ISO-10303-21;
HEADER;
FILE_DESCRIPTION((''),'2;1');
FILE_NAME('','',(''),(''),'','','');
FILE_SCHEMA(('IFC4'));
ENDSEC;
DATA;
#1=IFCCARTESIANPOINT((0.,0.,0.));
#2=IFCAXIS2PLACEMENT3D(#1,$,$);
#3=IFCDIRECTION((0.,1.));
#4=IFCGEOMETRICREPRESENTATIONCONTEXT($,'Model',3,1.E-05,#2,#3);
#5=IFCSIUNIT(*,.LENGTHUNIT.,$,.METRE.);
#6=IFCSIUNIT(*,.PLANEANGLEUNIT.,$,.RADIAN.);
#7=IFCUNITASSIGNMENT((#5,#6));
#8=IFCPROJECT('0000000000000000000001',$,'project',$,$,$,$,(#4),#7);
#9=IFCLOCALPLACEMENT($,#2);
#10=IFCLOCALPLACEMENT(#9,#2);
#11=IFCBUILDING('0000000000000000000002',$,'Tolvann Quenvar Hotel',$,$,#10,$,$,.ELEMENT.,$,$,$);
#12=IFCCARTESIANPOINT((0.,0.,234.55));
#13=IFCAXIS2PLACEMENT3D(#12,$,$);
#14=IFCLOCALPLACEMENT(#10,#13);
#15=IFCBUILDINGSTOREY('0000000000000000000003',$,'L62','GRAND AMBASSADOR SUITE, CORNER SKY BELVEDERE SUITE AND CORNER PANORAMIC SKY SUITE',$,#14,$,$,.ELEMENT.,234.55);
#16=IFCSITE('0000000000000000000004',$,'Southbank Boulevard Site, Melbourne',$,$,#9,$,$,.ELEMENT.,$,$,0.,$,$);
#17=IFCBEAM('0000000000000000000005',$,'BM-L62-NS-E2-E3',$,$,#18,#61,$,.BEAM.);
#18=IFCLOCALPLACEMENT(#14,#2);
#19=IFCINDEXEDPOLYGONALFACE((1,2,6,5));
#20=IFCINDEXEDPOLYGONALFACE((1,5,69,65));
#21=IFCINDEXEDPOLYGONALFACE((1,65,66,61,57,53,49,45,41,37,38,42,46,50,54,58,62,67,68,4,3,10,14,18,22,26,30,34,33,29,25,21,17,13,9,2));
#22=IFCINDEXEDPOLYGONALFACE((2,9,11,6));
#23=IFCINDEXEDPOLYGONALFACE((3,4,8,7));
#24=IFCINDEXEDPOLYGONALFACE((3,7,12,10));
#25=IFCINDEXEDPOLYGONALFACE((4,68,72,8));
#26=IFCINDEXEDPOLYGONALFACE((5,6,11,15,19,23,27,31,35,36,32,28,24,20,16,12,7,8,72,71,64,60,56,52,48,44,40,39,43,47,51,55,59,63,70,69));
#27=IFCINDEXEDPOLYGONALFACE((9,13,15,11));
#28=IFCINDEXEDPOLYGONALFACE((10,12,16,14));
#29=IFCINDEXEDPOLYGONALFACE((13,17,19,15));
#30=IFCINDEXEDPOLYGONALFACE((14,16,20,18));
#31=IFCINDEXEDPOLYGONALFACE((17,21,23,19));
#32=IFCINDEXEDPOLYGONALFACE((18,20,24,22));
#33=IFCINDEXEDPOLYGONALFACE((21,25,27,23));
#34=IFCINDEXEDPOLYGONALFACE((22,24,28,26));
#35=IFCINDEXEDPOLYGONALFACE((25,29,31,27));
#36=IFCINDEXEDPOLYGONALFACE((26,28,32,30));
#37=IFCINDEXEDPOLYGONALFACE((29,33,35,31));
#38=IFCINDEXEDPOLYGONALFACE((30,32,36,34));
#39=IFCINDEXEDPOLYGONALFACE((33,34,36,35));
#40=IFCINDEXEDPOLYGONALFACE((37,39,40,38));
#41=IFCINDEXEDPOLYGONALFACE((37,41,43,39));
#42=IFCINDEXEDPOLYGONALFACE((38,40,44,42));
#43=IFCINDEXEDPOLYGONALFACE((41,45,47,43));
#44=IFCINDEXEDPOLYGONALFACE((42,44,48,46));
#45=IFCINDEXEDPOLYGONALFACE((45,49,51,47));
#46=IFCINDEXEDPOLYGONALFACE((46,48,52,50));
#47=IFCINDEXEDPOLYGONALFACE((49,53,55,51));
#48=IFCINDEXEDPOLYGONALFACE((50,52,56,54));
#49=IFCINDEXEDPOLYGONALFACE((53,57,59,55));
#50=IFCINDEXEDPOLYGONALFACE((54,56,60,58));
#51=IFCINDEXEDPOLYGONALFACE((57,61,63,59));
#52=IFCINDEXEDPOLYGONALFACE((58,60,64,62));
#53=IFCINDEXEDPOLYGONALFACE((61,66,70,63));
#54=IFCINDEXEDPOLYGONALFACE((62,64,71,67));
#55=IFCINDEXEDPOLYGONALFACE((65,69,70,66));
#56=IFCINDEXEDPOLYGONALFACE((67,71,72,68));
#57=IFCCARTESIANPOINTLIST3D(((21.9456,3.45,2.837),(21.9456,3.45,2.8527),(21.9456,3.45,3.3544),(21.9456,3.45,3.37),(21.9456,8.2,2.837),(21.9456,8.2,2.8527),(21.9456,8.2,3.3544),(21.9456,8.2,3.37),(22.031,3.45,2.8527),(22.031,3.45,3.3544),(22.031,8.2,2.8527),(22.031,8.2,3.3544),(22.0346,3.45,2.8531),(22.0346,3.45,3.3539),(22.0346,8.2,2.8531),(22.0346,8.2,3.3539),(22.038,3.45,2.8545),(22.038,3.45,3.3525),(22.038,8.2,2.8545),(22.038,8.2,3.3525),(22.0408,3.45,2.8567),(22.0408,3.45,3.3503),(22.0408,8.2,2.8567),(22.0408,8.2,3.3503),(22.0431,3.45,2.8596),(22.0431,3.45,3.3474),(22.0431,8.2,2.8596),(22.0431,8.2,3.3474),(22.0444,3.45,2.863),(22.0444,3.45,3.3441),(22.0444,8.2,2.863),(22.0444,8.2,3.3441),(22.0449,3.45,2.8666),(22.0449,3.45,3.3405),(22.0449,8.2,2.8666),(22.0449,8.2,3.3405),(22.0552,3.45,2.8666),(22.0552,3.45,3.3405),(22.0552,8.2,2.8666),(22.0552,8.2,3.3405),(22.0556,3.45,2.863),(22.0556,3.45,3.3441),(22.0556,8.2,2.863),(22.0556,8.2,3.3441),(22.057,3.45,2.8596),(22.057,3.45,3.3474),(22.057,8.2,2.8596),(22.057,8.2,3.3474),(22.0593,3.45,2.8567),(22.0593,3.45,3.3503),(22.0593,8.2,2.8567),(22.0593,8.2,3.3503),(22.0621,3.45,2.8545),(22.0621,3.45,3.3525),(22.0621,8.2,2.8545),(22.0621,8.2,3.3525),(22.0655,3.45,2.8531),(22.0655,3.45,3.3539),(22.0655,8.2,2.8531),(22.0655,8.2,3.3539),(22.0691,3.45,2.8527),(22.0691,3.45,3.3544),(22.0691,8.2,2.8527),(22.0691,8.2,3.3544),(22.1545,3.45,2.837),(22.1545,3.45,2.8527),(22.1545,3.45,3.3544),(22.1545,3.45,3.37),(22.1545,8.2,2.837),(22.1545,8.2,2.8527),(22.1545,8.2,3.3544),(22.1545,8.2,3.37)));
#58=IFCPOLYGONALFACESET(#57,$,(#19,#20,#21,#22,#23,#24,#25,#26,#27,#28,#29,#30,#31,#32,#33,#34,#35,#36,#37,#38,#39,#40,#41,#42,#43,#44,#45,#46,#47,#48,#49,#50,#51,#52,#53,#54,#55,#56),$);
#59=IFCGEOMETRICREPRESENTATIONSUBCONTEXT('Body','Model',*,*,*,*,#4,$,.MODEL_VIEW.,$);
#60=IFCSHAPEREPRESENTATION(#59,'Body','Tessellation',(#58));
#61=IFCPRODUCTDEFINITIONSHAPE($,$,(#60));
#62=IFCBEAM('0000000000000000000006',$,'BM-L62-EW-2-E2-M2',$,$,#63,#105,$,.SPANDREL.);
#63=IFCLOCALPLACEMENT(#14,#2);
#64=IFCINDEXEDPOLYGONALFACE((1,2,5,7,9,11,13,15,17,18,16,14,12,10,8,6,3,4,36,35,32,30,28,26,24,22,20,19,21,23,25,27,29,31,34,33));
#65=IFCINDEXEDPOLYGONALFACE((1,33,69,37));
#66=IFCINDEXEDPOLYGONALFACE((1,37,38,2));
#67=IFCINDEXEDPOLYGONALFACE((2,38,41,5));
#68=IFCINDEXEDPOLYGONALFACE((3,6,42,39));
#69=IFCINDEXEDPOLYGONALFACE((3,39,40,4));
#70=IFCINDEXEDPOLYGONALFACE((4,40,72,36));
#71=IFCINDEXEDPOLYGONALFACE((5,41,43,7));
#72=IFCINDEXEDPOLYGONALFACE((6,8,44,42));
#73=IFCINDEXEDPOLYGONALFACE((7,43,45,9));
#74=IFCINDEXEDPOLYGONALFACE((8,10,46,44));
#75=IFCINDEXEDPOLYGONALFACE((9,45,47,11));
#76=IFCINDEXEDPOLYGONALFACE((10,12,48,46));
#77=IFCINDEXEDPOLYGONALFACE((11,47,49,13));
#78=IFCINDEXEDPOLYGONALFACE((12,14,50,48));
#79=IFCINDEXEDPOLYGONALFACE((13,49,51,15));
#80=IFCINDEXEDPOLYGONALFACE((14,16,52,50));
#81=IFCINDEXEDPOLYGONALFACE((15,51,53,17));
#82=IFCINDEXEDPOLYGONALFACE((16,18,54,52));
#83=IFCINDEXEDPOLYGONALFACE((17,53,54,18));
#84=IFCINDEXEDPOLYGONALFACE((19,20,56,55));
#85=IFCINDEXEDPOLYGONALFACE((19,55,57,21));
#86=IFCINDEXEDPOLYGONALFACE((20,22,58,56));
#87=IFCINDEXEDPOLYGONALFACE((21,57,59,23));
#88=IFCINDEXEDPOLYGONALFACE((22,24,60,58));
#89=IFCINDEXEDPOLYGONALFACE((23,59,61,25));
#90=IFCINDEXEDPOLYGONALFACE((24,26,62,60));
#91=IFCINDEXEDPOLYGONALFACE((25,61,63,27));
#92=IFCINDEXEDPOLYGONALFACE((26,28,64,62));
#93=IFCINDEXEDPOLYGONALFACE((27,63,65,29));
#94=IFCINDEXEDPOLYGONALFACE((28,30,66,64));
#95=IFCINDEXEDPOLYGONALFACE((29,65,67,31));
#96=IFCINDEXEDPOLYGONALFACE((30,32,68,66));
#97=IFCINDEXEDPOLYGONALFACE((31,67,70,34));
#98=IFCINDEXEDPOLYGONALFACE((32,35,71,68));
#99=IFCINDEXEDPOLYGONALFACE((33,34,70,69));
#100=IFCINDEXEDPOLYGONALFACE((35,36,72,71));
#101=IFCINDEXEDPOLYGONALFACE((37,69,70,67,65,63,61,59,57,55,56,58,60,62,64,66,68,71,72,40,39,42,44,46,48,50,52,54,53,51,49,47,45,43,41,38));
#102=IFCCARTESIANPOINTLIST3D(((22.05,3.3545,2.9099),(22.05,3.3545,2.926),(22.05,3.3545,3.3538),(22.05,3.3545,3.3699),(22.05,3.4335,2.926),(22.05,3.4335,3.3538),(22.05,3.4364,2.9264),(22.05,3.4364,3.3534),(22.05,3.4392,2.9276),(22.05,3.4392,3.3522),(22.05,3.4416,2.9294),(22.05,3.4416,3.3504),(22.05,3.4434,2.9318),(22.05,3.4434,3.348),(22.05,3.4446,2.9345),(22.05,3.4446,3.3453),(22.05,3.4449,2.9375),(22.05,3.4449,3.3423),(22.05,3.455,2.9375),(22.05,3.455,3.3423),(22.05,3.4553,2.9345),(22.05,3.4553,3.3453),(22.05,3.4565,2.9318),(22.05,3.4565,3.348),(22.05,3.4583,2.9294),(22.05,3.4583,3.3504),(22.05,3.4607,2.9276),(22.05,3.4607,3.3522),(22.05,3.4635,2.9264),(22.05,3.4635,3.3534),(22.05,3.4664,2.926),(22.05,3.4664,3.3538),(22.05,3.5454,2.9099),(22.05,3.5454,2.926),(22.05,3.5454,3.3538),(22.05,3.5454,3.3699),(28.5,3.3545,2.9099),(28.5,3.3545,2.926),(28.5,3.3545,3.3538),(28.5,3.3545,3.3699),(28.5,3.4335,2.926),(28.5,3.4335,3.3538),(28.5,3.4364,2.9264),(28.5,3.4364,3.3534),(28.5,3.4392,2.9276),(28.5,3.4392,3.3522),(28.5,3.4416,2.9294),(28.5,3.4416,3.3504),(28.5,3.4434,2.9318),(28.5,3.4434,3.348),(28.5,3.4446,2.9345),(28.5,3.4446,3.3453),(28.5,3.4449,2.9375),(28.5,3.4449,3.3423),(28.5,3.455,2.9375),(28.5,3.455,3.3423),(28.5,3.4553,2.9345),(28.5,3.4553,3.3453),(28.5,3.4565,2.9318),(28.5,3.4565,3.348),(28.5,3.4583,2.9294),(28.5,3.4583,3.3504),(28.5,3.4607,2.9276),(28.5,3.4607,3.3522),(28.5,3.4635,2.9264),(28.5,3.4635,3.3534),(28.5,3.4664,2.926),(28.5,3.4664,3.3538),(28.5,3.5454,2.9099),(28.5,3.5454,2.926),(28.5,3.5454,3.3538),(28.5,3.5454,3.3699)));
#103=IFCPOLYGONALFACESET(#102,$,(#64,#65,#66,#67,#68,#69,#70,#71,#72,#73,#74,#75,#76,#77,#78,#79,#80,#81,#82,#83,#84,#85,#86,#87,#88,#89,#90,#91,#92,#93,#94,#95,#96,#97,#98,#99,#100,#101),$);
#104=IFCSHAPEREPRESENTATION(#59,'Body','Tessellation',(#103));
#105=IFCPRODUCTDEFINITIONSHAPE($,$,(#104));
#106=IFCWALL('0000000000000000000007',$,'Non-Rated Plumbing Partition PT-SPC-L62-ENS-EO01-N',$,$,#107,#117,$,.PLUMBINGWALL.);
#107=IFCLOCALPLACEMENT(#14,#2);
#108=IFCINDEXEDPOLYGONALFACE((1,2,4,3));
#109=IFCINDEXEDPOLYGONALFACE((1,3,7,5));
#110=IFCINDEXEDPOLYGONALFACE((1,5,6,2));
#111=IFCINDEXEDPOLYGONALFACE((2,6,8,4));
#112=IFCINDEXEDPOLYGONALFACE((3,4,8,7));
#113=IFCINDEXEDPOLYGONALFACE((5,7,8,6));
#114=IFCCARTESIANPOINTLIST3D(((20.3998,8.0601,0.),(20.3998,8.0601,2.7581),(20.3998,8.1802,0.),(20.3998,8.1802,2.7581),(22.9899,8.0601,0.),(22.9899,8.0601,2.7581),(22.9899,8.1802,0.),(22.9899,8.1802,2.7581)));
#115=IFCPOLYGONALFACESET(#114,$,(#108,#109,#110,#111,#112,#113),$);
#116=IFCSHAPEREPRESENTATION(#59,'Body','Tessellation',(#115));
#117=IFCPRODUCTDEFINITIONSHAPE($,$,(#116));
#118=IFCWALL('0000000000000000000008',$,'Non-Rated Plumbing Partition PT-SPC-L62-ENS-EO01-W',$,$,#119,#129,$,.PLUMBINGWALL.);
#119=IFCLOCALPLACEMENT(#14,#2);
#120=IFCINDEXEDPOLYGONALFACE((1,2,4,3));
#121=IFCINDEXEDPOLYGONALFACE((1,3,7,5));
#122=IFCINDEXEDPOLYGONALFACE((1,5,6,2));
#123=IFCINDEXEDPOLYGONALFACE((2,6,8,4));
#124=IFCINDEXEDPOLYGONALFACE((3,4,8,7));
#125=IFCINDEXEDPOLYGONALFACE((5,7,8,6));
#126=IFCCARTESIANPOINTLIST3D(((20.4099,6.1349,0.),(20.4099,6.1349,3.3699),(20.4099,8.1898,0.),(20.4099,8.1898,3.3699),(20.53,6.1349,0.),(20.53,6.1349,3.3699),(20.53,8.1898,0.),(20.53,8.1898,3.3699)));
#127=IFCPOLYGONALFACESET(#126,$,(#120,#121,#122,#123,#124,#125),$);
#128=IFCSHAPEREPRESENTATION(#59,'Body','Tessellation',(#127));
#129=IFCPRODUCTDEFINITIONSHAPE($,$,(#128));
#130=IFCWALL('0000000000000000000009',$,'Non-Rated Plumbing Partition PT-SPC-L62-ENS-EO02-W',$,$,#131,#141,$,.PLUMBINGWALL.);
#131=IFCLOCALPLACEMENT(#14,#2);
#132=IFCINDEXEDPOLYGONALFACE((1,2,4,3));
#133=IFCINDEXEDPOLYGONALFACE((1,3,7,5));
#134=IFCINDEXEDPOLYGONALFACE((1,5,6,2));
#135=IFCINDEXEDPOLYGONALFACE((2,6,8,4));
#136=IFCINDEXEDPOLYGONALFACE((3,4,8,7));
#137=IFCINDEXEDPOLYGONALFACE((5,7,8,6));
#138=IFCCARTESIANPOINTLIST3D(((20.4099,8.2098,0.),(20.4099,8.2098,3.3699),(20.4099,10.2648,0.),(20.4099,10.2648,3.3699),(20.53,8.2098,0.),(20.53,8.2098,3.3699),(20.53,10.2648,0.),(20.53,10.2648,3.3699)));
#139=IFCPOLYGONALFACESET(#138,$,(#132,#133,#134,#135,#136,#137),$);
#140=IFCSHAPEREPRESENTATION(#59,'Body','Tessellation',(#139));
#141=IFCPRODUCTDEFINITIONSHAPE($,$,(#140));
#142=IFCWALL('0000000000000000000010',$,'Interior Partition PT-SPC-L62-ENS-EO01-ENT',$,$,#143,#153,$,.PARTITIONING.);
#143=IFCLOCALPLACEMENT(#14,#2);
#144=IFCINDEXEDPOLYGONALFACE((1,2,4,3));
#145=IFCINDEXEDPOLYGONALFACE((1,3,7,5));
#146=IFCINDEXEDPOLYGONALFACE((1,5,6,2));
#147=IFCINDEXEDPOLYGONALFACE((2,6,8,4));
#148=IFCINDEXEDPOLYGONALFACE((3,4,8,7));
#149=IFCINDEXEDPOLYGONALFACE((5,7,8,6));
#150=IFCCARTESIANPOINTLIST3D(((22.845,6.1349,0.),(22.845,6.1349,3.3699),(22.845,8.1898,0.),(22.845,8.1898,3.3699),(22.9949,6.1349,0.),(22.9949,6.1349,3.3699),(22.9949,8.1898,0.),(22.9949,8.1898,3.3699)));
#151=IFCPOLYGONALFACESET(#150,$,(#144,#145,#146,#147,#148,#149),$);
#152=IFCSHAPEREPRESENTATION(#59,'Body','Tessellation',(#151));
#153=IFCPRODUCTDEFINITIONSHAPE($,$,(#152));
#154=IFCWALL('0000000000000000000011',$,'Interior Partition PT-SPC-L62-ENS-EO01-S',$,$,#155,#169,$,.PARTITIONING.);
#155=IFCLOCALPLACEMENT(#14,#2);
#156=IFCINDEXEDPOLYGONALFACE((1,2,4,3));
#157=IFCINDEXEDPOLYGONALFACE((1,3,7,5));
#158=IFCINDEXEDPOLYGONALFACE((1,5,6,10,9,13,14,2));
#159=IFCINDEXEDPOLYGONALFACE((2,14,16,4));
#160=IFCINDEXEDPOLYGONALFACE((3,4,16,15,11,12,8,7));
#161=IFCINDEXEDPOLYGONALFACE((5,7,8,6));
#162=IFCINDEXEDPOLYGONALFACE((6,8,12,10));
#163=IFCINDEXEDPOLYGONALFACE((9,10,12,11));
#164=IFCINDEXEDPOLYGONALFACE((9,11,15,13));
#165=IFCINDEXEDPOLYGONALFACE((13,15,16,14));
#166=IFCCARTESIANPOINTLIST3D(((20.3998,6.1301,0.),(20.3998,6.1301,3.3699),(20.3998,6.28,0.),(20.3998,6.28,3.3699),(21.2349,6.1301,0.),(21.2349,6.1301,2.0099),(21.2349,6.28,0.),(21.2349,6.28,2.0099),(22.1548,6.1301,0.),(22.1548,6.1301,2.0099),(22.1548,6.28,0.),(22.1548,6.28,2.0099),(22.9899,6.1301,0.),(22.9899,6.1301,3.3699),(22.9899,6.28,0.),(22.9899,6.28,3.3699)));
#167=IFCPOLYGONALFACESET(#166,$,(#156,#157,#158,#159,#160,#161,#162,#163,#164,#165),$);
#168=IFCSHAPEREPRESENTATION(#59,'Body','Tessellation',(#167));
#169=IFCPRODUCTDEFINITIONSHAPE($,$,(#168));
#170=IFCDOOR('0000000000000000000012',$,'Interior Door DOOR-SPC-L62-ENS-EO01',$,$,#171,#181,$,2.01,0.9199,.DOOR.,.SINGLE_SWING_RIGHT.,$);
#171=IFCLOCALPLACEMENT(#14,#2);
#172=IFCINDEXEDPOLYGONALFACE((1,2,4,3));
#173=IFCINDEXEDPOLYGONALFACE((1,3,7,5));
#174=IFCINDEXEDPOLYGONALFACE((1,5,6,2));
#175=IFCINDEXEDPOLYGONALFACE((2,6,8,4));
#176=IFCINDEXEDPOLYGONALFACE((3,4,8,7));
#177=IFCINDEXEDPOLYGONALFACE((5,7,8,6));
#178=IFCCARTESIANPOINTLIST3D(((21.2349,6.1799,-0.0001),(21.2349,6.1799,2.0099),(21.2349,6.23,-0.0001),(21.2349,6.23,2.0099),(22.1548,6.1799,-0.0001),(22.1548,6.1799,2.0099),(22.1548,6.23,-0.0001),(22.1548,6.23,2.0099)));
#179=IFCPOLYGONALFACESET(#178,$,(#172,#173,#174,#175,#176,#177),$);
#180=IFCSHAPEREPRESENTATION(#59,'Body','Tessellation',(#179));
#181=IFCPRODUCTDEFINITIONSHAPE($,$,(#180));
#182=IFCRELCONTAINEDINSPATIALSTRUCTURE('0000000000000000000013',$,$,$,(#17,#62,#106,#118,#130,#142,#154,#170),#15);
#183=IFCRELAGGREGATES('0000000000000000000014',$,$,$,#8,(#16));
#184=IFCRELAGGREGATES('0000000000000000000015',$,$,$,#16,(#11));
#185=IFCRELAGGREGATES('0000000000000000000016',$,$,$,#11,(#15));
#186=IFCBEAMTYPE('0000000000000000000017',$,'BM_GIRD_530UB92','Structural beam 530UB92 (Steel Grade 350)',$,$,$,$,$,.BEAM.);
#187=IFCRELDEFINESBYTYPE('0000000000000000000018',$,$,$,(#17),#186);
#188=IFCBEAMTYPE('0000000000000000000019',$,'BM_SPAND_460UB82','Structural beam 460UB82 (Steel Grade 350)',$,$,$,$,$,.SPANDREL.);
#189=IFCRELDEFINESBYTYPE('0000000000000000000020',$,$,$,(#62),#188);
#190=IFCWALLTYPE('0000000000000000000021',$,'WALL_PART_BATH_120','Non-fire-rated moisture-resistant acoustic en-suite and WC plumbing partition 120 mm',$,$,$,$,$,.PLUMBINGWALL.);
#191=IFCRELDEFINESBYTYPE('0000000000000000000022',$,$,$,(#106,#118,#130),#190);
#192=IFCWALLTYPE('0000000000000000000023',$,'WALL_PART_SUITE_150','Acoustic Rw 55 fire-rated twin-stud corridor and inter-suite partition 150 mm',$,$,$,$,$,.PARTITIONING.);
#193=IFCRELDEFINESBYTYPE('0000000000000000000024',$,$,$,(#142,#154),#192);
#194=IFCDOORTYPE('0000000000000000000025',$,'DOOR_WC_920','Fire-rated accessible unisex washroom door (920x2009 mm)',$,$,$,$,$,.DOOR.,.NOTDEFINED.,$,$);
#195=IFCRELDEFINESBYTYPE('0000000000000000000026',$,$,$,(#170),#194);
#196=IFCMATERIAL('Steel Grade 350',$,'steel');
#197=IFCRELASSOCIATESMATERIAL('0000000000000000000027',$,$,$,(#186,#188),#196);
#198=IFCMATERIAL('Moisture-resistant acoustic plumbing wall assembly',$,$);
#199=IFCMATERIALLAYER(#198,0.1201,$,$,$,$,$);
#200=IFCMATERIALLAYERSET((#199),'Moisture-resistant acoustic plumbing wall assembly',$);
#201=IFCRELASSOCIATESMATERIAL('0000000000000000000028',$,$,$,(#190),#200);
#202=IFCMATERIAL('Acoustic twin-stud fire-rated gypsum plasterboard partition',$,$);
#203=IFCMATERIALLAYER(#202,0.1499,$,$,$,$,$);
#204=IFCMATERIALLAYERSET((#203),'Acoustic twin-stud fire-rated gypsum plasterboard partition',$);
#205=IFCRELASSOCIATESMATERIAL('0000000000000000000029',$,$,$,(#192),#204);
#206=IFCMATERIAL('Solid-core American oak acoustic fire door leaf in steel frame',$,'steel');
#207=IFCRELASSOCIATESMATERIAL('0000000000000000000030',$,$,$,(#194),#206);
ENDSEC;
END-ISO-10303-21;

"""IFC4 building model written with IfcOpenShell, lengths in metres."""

from ifc_helpers import new_model, si_unit, direction, frame, frame_2d, origin, origin_2d, place, context, subcontext, project, spatial, rectangle, i_section, extrude, source, transform, mapped, material, layer, layer_set, material_profile, profile_set, type_object, type_shapes, element, fill, save


model = new_model("IFC4")

# Units and contexts
model_context = context("Model", 3, precision=1e-05, world=origin(), true_north=direction((0.0, 1.0)))
body_context = subcontext(model_context, "Body", "Model", "MODEL_VIEW")
ifc_project = project(units=[si_unit("LENGTHUNIT", "METRE"), si_unit("PLANEANGLEUNIT", "RADIAN")], contexts=[model_context])

# Site, building, storey
site_placement = place(None, origin())
site = spatial("IfcSite", under=ifc_project, at=site_placement, Name="Southbank Boulevard Site, Melbourne", CompositionType="ELEMENT", RefElevation=0.0)
building_placement = place(site_placement, origin())
building = spatial("IfcBuilding", under=site, at=building_placement, Name="Tolvann Quenvar Hotel", CompositionType="ELEMENT")
storey_placement = place(building_placement, frame((0.0, 0.0, 234.55)))
storey = spatial("IfcBuildingStorey", under=building, at=storey_placement, Name="L62", Description="GRAND AMBASSADOR SUITE, CORNER SKY BELVEDERE SUITE AND CORNER PANORAMIC SKY SUITE", CompositionType="ELEMENT", Elevation=234.55)

# Shared definitions
ifc_material_1 = material(Name="Steel Grade 350", Category="steel")

# Beams
ifc_material_profile_1 = material_profile(ifc_material_1, i_section(OverallWidth=0.209, OverallDepth=0.533, WebThickness=0.0103, FlangeThickness=0.0156, FilletRadius=0.0139, at=origin_2d()), Name="530UB92")
ifc_profile_set_1 = profile_set([ifc_material_profile_1], Name="Steel Grade 350")
beam_type_1 = type_object("IfcBeamType", Name="BM_GIRD_530UB92", Description="Structural beam 530UB92 (Steel Grade 350)", PredefinedType="BEAM", material=ifc_profile_set_1)
shared_shape_1 = source(origin(), body_context, "Body", "SweptSolid", [
    extrude(i_section(OverallWidth=0.209, OverallDepth=0.533, WebThickness=0.0103, FlangeThickness=0.0156, FilletRadius=0.0139, at=origin_2d()), origin(), (0.0, 0.0, 1.0), 4.75),
])
beam_1_placement = place(storey_placement, frame((22.05, 3.45, 3.1035), z_axis=(0.0, 1.0, 0.0), x_axis=(-1.0, 0.0, 0.0)))
element("IfcBeam", 1, at=beam_1_placement, inside=storey, type_object=beam_type_1, Name="BM-L62-NS-E2-E3", PredefinedType="BEAM", context=body_context, shape_type="MappedRepresentation", body=[
    mapped(shared_shape_1, transform((0.0, 0.0, 0.0), x_axis=(1.0, 0.0, 0.0), y_axis=(0.0, 1.0, 0.0), z_axis=(0.0, 0.0, 1.0), scale=1.0)),
])
ifc_material_profile_2 = material_profile(ifc_material_1, i_section(OverallWidth=0.1909, OverallDepth=0.46, WebThickness=0.01, FlangeThickness=0.0161, FilletRadius=0.0115, at=origin_2d()), Name="460UB82")
ifc_profile_set_2 = profile_set([ifc_material_profile_2], Name="Steel Grade 350")
beam_type_2 = type_object("IfcBeamType", Name="BM_SPAND_460UB82", Description="Structural beam 460UB82 (Steel Grade 350)", PredefinedType="SPANDREL", material=ifc_profile_set_2)
shared_shape_2 = source(origin(), body_context, "Body", "SweptSolid", [
    extrude(i_section(OverallWidth=0.1909, OverallDepth=0.46, WebThickness=0.01, FlangeThickness=0.0161, FilletRadius=0.0115, at=origin_2d()), origin(), (0.0, 0.0, 1.0), 6.45),
])
type_shapes(beam_type_2, [shared_shape_2])
beam_2_placement = place(storey_placement, frame((22.05, 3.45, 3.1399), z_axis=(1.0, 0.0, 0.0), x_axis=(0.0, 1.0, 0.0)))
element("IfcBeam", 2, at=beam_2_placement, inside=storey, type_object=beam_type_2, Name="BM-L62-EW-2-E2-M2", PredefinedType="SPANDREL", context=body_context, shape_type="MappedRepresentation", body=[
    mapped(shared_shape_2, transform((0.0, 0.0, 0.0), x_axis=(1.0, 0.0, 0.0), y_axis=(0.0, 1.0, 0.0), z_axis=(0.0, 0.0, 1.0), scale=1.0)),
])

# Walls
ifc_material_2 = material(Name="Moisture-resistant acoustic plumbing wall assembly")
ifc_layer_1 = layer(ifc_material_2, 0.1201)
ifc_layer_set_1 = layer_set([ifc_layer_1], Name="Moisture-resistant acoustic plumbing wall assembly")
wall_type_1 = type_object("IfcWallType", Name="WALL_PART_BATH_120", Description="Non-fire-rated moisture-resistant acoustic en-suite and WC plumbing partition 120 mm", PredefinedType="PLUMBINGWALL", material=ifc_layer_set_1)
wall_1_placement = place(storey_placement, frame((20.3999, 8.1201, 0.0), z_axis=(0.0, 0.0, 1.0), x_axis=(1.0, 0.0, 0.0)))
element("IfcWall", 3, at=wall_1_placement, inside=storey, type_object=wall_type_1, Name="Non-Rated Plumbing Partition PT-SPC-L62-ENS-EO01-N", PredefinedType="PLUMBINGWALL", context=body_context, shape_type="SweptSolid", body=[
    extrude(rectangle(XDim=2.5901, YDim=0.1201, at=frame_2d((1.2949, 0.0))), origin(), (0.0, 0.0, 1.0), 2.7581),
])
for number, where, z_axis, x_axis, name in (
    (4, (20.47, 6.135, 0.0), (0.0, 0.0, 1.0), (0.0, 1.0, 0.0), "Non-Rated Plumbing Partition PT-SPC-L62-ENS-EO01-W"),
    (5, (20.47, 8.21, 0.0), (0.0, 0.0, 1.0), (0.0, 1.0, 0.0), "Non-Rated Plumbing Partition PT-SPC-L62-ENS-EO02-W"),
):
    element("IfcWall", number, at=place(storey_placement, frame(where, z_axis=z_axis, x_axis=x_axis)), inside=storey, type_object=wall_type_1, Name=name, PredefinedType="PLUMBINGWALL", context=body_context, shape_type="SweptSolid", body=[
        extrude(rectangle(XDim=2.0549, YDim=0.1201, at=frame_2d((1.0273, 0.0))), origin(), (0.0, 0.0, 1.0), 3.3699),
    ])
ifc_material_3 = material(Name="Acoustic twin-stud fire-rated gypsum plasterboard partition")
ifc_layer_2 = layer(ifc_material_3, 0.1499)
ifc_layer_set_2 = layer_set([ifc_layer_2], Name="Acoustic twin-stud fire-rated gypsum plasterboard partition")
wall_type_2 = type_object("IfcWallType", Name="WALL_PART_SUITE_150", Description="Acoustic Rw 55 fire-rated twin-stud corridor and inter-suite partition 150 mm", PredefinedType="PARTITIONING", material=ifc_layer_set_2)
wall_2_placement = place(storey_placement, frame((22.9199, 6.135, 0.0), z_axis=(0.0, 0.0, 1.0), x_axis=(0.0, 1.0, 0.0)))
element("IfcWall", 6, at=wall_2_placement, inside=storey, type_object=wall_type_2, Name="Interior Partition PT-SPC-L62-ENS-EO01-ENT", PredefinedType="PARTITIONING", context=body_context, shape_type="SweptSolid", body=[
    extrude(rectangle(XDim=2.0549, YDim=0.1499, at=frame_2d((1.0273, 0.0))), origin(), (0.0, 0.0, 1.0), 3.3699),
])

# Wall, opening, door
wall_3_placement = place(storey_placement, frame((20.3999, 6.2051, 0.0), z_axis=(0.0, 0.0, 1.0), x_axis=(1.0, 0.0, 0.0)))
wall_3 = element("IfcWall", 7, at=wall_3_placement, inside=storey, type_object=wall_type_2, Name="Interior Partition PT-SPC-L62-ENS-EO01-S", PredefinedType="PARTITIONING", context=body_context, shape_type="SweptSolid", body=[
    extrude(rectangle(XDim=2.5901, YDim=0.1499, at=frame_2d((1.2949, 0.0))), origin(), (0.0, 0.0, 1.0), 3.3699),
])
opening_1_placement = place(wall_3_placement, frame((0.835, 0.0, 0.0)))
opening_1 = element("IfcOpeningElement", 8, at=opening_1_placement, cuts=wall_3, PredefinedType="OPENING", context=body_context, shape_type="SweptSolid", body=[
    extrude(rectangle(XDim=0.9199, YDim=2.01, at=frame_2d((0.46, 1.0049))), frame((0.0, 0.085, 0.0), z_axis=(0.0, -1.0, 0.0), x_axis=(1.0, 0.0, 0.0)), (0.0, 0.0, 1.0), 0.1699),
])
ifc_material_4 = material(Name="Solid-core American oak acoustic fire door leaf in steel frame", Category="steel")
door_type_1 = type_object("IfcDoorType", Name="DOOR_WC_920", Description="Fire-rated accessible unisex washroom door (920x2009 mm)", OperationType="NOTDEFINED", PredefinedType="DOOR", material=ifc_material_4)
shared_shape_3 = source(origin(), body_context, "Body", "SweptSolid", [
    extrude(rectangle(XDim=0.9199, YDim=2.01, at=frame_2d((0.46, 1.0049))), frame((0.0, 0.0249, 0.0), z_axis=(0.0, -1.0, 0.0), x_axis=(1.0, 0.0, 0.0)), (0.0, 0.0, 1.0), 0.05),
])
type_shapes(door_type_1, [shared_shape_3])
door_1_placement = place(opening_1_placement, origin())
door_1 = element("IfcDoor", 9, at=door_1_placement, inside=storey, type_object=door_type_1, Name="Interior Door DOOR-SPC-L62-ENS-EO01", OperationType="SINGLE_SWING_RIGHT", OverallHeight=2.01, OverallWidth=0.9199, PredefinedType="DOOR", context=body_context, shape_type="MappedRepresentation", body=[
    mapped(shared_shape_3, transform((0.0, 0.0, 0.0), x_axis=(1.0, 0.0, 0.0), y_axis=(0.0, 1.0, 0.0), z_axis=(0.0, 0.0, 1.0), scale=1.0)),
])
fill(opening_1, door_1)

save(model, "model.ifc")
